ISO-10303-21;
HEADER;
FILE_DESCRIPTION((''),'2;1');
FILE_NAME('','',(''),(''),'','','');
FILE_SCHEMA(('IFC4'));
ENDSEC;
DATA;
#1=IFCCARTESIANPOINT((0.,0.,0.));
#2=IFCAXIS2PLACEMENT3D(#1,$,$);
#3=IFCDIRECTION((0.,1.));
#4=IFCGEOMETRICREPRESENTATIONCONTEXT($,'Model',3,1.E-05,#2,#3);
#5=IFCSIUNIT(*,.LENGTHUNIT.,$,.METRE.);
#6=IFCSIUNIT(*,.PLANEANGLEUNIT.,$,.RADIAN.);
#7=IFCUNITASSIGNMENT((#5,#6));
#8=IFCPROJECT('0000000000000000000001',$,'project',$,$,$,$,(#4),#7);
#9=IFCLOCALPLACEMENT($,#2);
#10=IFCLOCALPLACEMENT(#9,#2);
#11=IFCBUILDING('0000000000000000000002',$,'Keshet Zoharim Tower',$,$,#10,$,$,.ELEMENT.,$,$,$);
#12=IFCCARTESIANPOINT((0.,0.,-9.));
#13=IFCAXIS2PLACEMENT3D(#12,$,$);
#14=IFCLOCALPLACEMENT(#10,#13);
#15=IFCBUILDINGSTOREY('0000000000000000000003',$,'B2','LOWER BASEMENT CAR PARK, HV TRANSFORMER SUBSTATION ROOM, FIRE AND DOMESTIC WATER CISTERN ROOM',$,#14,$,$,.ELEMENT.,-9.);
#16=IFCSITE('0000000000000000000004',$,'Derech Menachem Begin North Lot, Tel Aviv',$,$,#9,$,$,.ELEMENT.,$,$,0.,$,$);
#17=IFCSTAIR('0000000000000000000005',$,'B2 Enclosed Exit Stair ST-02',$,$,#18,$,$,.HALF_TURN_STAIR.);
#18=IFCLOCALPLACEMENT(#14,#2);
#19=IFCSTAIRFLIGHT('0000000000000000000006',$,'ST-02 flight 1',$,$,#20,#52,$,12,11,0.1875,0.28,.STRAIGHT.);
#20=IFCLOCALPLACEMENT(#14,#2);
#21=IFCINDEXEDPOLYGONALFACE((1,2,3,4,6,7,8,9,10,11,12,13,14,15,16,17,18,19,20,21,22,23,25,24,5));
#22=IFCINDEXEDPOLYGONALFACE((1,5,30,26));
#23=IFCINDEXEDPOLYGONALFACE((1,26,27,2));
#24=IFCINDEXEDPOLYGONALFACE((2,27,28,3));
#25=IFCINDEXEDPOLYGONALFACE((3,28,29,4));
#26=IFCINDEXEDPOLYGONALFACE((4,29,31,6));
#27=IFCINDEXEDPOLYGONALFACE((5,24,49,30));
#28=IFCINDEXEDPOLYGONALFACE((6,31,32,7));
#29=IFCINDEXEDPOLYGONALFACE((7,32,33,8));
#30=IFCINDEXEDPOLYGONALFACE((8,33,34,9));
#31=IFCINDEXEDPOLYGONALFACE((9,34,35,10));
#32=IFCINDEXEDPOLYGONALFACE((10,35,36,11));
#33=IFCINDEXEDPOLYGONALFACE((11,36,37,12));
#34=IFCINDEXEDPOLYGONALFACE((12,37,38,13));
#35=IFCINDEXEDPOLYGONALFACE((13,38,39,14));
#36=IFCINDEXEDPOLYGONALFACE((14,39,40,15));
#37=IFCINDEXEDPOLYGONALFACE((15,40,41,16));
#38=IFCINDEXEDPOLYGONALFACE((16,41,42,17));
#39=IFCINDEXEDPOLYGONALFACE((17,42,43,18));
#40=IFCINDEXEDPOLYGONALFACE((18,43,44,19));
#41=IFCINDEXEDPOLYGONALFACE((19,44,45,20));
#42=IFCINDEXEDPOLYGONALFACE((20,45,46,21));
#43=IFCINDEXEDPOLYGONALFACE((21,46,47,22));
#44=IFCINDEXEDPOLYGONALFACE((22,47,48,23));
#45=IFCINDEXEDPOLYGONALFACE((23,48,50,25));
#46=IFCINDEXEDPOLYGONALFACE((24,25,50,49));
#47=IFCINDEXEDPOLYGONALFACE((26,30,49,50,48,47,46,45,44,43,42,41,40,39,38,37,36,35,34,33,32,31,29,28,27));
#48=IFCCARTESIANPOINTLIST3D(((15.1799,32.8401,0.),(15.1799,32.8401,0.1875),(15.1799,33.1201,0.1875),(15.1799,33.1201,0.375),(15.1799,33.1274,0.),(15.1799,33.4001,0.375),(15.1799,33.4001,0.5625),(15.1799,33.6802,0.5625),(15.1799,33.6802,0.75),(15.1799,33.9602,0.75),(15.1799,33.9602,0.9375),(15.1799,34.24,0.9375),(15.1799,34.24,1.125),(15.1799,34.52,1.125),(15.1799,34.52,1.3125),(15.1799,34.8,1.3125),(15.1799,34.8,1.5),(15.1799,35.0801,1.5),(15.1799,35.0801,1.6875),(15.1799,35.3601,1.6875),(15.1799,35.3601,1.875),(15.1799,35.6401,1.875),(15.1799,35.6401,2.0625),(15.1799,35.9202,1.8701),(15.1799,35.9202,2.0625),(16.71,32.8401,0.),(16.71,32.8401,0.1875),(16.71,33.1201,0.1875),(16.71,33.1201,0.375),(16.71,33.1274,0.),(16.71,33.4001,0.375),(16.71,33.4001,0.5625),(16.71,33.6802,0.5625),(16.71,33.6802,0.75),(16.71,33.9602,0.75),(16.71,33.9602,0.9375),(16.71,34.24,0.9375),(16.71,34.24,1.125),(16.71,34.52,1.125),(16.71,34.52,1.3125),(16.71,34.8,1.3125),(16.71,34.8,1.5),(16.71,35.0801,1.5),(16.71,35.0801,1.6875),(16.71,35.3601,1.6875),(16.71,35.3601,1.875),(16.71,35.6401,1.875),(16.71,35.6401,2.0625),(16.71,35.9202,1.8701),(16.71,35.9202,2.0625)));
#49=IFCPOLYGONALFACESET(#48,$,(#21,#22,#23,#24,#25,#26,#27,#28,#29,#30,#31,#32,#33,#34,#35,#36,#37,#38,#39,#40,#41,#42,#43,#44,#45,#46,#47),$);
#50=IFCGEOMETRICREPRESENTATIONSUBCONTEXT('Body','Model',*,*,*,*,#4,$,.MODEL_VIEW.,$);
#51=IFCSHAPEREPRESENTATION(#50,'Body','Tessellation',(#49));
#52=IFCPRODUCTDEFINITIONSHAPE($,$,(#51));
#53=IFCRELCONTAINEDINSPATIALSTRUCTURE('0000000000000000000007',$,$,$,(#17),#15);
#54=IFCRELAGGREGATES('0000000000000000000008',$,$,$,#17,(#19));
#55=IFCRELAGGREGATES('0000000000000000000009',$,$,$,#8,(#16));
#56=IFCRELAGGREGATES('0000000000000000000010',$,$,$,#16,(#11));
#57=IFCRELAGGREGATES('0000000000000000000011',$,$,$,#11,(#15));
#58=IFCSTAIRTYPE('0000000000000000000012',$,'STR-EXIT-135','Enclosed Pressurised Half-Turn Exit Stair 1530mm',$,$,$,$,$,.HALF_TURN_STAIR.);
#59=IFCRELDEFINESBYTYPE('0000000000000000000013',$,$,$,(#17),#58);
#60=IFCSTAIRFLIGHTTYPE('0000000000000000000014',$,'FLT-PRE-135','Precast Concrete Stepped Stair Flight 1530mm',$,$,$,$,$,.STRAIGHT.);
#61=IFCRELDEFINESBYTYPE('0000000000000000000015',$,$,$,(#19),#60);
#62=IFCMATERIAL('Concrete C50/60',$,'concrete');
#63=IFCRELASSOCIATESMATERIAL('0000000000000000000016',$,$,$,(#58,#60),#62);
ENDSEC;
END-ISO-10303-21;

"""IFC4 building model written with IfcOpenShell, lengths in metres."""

from ifc_helpers import new_model, si_unit, direction, frame, origin, place, context, subcontext, project, spatial, polyline, outline, extrude, material, type_object, element, aggregate, save


model = new_model("IFC4")

# Units and contexts
model_context = context("Model", 3, precision=1e-05, world=origin(), true_north=direction((0.0, 1.0)))
body_context = subcontext(model_context, "Body", "Model", "MODEL_VIEW")
ifc_project = project(units=[si_unit("LENGTHUNIT", "METRE"), si_unit("PLANEANGLEUNIT", "RADIAN")], contexts=[model_context])

# Site, building, storey
site_placement = place(None, origin())
site = spatial("IfcSite", under=ifc_project, at=site_placement, Name="Derech Menachem Begin North Lot, Tel Aviv", CompositionType="ELEMENT", RefElevation=0.0)
building_placement = place(site_placement, origin())
building = spatial("IfcBuilding", under=site, at=building_placement, Name="Keshet Zoharim Tower", CompositionType="ELEMENT")
storey_placement = place(building_placement, frame((0.0, 0.0, -9.0)))
storey = spatial("IfcBuildingStorey", under=building, at=storey_placement, Name="B2", Description="LOWER BASEMENT CAR PARK, HV TRANSFORMER SUBSTATION ROOM, FIRE AND DOMESTIC WATER CISTERN ROOM", CompositionType="ELEMENT", Elevation=-9.0)

# Shared definitions
ifc_material_1 = material(Name="Concrete C50/60", Category="concrete")

# Stair, stair flight
stair_type = type_object("IfcStairType", Name="STR-EXIT-135", Description="Enclosed Pressurised Half-Turn Exit Stair 1530mm", PredefinedType="HALF_TURN_STAIR", material=ifc_material_1)
stair_flight_type = type_object("IfcStairFlightType", Name="FLT-PRE-135", Description="Precast Concrete Stepped Stair Flight 1530mm", PredefinedType="STRAIGHT", material=ifc_material_1)
stair_1_placement = place(storey_placement, origin())
stair_1 = element("IfcStair", 1, at=stair_1_placement, inside=storey, type_object=stair_type, Name="B2 Enclosed Exit Stair ST-02", PredefinedType="HALF_TURN_STAIR")
stair_flight_1_placement = place(storey_placement, frame((15.9451, 32.8401, 0.0), z_axis=(0.0, 0.0, 1.0), x_axis=(0.0, 1.0, 0.0)))
stair_flight_1 = element("IfcStairFlight", 2, at=stair_flight_1_placement, type_object=stair_flight_type, Name="ST-02 flight 1", NumberOfRisers=12, NumberOfTreads=11, PredefinedType="STRAIGHT", RiserHeight=0.1875, TreadLength=0.28, context=body_context, shape_type="SweptSolid", body=[
    extrude(outline(polyline([(0.0, 0.0), (0.0, 0.1875), (0.28, 0.1875), (0.28, 0.375), (0.5601, 0.375), (0.5601, 0.5625), (0.8401, 0.5625), (0.8401, 0.75), (1.1201, 0.75), (1.1201, 0.9375), (1.3999, 0.9375), (1.3999, 1.125), (1.6799, 1.125), (1.6799, 1.3125), (1.96, 1.3125), (1.96, 1.5), (2.24, 1.5), (2.24, 1.6875), (2.52, 1.6875), (2.52, 1.875), (2.8, 1.875), (2.8, 2.0625), (3.0801, 2.0625), (3.0801, 2.25), (3.0801, 1.8701), (0.2874, 0.0), (0.0, 0.0)])), frame((0.0, 0.7651, 0.0), z_axis=(0.0, -1.0, 0.0), x_axis=(1.0, 0.0, 0.0)), (0.0, 0.0, 1.0), 1.53),
])
aggregate(stair_1, [stair_flight_1])

save(model, "model.ifc")
